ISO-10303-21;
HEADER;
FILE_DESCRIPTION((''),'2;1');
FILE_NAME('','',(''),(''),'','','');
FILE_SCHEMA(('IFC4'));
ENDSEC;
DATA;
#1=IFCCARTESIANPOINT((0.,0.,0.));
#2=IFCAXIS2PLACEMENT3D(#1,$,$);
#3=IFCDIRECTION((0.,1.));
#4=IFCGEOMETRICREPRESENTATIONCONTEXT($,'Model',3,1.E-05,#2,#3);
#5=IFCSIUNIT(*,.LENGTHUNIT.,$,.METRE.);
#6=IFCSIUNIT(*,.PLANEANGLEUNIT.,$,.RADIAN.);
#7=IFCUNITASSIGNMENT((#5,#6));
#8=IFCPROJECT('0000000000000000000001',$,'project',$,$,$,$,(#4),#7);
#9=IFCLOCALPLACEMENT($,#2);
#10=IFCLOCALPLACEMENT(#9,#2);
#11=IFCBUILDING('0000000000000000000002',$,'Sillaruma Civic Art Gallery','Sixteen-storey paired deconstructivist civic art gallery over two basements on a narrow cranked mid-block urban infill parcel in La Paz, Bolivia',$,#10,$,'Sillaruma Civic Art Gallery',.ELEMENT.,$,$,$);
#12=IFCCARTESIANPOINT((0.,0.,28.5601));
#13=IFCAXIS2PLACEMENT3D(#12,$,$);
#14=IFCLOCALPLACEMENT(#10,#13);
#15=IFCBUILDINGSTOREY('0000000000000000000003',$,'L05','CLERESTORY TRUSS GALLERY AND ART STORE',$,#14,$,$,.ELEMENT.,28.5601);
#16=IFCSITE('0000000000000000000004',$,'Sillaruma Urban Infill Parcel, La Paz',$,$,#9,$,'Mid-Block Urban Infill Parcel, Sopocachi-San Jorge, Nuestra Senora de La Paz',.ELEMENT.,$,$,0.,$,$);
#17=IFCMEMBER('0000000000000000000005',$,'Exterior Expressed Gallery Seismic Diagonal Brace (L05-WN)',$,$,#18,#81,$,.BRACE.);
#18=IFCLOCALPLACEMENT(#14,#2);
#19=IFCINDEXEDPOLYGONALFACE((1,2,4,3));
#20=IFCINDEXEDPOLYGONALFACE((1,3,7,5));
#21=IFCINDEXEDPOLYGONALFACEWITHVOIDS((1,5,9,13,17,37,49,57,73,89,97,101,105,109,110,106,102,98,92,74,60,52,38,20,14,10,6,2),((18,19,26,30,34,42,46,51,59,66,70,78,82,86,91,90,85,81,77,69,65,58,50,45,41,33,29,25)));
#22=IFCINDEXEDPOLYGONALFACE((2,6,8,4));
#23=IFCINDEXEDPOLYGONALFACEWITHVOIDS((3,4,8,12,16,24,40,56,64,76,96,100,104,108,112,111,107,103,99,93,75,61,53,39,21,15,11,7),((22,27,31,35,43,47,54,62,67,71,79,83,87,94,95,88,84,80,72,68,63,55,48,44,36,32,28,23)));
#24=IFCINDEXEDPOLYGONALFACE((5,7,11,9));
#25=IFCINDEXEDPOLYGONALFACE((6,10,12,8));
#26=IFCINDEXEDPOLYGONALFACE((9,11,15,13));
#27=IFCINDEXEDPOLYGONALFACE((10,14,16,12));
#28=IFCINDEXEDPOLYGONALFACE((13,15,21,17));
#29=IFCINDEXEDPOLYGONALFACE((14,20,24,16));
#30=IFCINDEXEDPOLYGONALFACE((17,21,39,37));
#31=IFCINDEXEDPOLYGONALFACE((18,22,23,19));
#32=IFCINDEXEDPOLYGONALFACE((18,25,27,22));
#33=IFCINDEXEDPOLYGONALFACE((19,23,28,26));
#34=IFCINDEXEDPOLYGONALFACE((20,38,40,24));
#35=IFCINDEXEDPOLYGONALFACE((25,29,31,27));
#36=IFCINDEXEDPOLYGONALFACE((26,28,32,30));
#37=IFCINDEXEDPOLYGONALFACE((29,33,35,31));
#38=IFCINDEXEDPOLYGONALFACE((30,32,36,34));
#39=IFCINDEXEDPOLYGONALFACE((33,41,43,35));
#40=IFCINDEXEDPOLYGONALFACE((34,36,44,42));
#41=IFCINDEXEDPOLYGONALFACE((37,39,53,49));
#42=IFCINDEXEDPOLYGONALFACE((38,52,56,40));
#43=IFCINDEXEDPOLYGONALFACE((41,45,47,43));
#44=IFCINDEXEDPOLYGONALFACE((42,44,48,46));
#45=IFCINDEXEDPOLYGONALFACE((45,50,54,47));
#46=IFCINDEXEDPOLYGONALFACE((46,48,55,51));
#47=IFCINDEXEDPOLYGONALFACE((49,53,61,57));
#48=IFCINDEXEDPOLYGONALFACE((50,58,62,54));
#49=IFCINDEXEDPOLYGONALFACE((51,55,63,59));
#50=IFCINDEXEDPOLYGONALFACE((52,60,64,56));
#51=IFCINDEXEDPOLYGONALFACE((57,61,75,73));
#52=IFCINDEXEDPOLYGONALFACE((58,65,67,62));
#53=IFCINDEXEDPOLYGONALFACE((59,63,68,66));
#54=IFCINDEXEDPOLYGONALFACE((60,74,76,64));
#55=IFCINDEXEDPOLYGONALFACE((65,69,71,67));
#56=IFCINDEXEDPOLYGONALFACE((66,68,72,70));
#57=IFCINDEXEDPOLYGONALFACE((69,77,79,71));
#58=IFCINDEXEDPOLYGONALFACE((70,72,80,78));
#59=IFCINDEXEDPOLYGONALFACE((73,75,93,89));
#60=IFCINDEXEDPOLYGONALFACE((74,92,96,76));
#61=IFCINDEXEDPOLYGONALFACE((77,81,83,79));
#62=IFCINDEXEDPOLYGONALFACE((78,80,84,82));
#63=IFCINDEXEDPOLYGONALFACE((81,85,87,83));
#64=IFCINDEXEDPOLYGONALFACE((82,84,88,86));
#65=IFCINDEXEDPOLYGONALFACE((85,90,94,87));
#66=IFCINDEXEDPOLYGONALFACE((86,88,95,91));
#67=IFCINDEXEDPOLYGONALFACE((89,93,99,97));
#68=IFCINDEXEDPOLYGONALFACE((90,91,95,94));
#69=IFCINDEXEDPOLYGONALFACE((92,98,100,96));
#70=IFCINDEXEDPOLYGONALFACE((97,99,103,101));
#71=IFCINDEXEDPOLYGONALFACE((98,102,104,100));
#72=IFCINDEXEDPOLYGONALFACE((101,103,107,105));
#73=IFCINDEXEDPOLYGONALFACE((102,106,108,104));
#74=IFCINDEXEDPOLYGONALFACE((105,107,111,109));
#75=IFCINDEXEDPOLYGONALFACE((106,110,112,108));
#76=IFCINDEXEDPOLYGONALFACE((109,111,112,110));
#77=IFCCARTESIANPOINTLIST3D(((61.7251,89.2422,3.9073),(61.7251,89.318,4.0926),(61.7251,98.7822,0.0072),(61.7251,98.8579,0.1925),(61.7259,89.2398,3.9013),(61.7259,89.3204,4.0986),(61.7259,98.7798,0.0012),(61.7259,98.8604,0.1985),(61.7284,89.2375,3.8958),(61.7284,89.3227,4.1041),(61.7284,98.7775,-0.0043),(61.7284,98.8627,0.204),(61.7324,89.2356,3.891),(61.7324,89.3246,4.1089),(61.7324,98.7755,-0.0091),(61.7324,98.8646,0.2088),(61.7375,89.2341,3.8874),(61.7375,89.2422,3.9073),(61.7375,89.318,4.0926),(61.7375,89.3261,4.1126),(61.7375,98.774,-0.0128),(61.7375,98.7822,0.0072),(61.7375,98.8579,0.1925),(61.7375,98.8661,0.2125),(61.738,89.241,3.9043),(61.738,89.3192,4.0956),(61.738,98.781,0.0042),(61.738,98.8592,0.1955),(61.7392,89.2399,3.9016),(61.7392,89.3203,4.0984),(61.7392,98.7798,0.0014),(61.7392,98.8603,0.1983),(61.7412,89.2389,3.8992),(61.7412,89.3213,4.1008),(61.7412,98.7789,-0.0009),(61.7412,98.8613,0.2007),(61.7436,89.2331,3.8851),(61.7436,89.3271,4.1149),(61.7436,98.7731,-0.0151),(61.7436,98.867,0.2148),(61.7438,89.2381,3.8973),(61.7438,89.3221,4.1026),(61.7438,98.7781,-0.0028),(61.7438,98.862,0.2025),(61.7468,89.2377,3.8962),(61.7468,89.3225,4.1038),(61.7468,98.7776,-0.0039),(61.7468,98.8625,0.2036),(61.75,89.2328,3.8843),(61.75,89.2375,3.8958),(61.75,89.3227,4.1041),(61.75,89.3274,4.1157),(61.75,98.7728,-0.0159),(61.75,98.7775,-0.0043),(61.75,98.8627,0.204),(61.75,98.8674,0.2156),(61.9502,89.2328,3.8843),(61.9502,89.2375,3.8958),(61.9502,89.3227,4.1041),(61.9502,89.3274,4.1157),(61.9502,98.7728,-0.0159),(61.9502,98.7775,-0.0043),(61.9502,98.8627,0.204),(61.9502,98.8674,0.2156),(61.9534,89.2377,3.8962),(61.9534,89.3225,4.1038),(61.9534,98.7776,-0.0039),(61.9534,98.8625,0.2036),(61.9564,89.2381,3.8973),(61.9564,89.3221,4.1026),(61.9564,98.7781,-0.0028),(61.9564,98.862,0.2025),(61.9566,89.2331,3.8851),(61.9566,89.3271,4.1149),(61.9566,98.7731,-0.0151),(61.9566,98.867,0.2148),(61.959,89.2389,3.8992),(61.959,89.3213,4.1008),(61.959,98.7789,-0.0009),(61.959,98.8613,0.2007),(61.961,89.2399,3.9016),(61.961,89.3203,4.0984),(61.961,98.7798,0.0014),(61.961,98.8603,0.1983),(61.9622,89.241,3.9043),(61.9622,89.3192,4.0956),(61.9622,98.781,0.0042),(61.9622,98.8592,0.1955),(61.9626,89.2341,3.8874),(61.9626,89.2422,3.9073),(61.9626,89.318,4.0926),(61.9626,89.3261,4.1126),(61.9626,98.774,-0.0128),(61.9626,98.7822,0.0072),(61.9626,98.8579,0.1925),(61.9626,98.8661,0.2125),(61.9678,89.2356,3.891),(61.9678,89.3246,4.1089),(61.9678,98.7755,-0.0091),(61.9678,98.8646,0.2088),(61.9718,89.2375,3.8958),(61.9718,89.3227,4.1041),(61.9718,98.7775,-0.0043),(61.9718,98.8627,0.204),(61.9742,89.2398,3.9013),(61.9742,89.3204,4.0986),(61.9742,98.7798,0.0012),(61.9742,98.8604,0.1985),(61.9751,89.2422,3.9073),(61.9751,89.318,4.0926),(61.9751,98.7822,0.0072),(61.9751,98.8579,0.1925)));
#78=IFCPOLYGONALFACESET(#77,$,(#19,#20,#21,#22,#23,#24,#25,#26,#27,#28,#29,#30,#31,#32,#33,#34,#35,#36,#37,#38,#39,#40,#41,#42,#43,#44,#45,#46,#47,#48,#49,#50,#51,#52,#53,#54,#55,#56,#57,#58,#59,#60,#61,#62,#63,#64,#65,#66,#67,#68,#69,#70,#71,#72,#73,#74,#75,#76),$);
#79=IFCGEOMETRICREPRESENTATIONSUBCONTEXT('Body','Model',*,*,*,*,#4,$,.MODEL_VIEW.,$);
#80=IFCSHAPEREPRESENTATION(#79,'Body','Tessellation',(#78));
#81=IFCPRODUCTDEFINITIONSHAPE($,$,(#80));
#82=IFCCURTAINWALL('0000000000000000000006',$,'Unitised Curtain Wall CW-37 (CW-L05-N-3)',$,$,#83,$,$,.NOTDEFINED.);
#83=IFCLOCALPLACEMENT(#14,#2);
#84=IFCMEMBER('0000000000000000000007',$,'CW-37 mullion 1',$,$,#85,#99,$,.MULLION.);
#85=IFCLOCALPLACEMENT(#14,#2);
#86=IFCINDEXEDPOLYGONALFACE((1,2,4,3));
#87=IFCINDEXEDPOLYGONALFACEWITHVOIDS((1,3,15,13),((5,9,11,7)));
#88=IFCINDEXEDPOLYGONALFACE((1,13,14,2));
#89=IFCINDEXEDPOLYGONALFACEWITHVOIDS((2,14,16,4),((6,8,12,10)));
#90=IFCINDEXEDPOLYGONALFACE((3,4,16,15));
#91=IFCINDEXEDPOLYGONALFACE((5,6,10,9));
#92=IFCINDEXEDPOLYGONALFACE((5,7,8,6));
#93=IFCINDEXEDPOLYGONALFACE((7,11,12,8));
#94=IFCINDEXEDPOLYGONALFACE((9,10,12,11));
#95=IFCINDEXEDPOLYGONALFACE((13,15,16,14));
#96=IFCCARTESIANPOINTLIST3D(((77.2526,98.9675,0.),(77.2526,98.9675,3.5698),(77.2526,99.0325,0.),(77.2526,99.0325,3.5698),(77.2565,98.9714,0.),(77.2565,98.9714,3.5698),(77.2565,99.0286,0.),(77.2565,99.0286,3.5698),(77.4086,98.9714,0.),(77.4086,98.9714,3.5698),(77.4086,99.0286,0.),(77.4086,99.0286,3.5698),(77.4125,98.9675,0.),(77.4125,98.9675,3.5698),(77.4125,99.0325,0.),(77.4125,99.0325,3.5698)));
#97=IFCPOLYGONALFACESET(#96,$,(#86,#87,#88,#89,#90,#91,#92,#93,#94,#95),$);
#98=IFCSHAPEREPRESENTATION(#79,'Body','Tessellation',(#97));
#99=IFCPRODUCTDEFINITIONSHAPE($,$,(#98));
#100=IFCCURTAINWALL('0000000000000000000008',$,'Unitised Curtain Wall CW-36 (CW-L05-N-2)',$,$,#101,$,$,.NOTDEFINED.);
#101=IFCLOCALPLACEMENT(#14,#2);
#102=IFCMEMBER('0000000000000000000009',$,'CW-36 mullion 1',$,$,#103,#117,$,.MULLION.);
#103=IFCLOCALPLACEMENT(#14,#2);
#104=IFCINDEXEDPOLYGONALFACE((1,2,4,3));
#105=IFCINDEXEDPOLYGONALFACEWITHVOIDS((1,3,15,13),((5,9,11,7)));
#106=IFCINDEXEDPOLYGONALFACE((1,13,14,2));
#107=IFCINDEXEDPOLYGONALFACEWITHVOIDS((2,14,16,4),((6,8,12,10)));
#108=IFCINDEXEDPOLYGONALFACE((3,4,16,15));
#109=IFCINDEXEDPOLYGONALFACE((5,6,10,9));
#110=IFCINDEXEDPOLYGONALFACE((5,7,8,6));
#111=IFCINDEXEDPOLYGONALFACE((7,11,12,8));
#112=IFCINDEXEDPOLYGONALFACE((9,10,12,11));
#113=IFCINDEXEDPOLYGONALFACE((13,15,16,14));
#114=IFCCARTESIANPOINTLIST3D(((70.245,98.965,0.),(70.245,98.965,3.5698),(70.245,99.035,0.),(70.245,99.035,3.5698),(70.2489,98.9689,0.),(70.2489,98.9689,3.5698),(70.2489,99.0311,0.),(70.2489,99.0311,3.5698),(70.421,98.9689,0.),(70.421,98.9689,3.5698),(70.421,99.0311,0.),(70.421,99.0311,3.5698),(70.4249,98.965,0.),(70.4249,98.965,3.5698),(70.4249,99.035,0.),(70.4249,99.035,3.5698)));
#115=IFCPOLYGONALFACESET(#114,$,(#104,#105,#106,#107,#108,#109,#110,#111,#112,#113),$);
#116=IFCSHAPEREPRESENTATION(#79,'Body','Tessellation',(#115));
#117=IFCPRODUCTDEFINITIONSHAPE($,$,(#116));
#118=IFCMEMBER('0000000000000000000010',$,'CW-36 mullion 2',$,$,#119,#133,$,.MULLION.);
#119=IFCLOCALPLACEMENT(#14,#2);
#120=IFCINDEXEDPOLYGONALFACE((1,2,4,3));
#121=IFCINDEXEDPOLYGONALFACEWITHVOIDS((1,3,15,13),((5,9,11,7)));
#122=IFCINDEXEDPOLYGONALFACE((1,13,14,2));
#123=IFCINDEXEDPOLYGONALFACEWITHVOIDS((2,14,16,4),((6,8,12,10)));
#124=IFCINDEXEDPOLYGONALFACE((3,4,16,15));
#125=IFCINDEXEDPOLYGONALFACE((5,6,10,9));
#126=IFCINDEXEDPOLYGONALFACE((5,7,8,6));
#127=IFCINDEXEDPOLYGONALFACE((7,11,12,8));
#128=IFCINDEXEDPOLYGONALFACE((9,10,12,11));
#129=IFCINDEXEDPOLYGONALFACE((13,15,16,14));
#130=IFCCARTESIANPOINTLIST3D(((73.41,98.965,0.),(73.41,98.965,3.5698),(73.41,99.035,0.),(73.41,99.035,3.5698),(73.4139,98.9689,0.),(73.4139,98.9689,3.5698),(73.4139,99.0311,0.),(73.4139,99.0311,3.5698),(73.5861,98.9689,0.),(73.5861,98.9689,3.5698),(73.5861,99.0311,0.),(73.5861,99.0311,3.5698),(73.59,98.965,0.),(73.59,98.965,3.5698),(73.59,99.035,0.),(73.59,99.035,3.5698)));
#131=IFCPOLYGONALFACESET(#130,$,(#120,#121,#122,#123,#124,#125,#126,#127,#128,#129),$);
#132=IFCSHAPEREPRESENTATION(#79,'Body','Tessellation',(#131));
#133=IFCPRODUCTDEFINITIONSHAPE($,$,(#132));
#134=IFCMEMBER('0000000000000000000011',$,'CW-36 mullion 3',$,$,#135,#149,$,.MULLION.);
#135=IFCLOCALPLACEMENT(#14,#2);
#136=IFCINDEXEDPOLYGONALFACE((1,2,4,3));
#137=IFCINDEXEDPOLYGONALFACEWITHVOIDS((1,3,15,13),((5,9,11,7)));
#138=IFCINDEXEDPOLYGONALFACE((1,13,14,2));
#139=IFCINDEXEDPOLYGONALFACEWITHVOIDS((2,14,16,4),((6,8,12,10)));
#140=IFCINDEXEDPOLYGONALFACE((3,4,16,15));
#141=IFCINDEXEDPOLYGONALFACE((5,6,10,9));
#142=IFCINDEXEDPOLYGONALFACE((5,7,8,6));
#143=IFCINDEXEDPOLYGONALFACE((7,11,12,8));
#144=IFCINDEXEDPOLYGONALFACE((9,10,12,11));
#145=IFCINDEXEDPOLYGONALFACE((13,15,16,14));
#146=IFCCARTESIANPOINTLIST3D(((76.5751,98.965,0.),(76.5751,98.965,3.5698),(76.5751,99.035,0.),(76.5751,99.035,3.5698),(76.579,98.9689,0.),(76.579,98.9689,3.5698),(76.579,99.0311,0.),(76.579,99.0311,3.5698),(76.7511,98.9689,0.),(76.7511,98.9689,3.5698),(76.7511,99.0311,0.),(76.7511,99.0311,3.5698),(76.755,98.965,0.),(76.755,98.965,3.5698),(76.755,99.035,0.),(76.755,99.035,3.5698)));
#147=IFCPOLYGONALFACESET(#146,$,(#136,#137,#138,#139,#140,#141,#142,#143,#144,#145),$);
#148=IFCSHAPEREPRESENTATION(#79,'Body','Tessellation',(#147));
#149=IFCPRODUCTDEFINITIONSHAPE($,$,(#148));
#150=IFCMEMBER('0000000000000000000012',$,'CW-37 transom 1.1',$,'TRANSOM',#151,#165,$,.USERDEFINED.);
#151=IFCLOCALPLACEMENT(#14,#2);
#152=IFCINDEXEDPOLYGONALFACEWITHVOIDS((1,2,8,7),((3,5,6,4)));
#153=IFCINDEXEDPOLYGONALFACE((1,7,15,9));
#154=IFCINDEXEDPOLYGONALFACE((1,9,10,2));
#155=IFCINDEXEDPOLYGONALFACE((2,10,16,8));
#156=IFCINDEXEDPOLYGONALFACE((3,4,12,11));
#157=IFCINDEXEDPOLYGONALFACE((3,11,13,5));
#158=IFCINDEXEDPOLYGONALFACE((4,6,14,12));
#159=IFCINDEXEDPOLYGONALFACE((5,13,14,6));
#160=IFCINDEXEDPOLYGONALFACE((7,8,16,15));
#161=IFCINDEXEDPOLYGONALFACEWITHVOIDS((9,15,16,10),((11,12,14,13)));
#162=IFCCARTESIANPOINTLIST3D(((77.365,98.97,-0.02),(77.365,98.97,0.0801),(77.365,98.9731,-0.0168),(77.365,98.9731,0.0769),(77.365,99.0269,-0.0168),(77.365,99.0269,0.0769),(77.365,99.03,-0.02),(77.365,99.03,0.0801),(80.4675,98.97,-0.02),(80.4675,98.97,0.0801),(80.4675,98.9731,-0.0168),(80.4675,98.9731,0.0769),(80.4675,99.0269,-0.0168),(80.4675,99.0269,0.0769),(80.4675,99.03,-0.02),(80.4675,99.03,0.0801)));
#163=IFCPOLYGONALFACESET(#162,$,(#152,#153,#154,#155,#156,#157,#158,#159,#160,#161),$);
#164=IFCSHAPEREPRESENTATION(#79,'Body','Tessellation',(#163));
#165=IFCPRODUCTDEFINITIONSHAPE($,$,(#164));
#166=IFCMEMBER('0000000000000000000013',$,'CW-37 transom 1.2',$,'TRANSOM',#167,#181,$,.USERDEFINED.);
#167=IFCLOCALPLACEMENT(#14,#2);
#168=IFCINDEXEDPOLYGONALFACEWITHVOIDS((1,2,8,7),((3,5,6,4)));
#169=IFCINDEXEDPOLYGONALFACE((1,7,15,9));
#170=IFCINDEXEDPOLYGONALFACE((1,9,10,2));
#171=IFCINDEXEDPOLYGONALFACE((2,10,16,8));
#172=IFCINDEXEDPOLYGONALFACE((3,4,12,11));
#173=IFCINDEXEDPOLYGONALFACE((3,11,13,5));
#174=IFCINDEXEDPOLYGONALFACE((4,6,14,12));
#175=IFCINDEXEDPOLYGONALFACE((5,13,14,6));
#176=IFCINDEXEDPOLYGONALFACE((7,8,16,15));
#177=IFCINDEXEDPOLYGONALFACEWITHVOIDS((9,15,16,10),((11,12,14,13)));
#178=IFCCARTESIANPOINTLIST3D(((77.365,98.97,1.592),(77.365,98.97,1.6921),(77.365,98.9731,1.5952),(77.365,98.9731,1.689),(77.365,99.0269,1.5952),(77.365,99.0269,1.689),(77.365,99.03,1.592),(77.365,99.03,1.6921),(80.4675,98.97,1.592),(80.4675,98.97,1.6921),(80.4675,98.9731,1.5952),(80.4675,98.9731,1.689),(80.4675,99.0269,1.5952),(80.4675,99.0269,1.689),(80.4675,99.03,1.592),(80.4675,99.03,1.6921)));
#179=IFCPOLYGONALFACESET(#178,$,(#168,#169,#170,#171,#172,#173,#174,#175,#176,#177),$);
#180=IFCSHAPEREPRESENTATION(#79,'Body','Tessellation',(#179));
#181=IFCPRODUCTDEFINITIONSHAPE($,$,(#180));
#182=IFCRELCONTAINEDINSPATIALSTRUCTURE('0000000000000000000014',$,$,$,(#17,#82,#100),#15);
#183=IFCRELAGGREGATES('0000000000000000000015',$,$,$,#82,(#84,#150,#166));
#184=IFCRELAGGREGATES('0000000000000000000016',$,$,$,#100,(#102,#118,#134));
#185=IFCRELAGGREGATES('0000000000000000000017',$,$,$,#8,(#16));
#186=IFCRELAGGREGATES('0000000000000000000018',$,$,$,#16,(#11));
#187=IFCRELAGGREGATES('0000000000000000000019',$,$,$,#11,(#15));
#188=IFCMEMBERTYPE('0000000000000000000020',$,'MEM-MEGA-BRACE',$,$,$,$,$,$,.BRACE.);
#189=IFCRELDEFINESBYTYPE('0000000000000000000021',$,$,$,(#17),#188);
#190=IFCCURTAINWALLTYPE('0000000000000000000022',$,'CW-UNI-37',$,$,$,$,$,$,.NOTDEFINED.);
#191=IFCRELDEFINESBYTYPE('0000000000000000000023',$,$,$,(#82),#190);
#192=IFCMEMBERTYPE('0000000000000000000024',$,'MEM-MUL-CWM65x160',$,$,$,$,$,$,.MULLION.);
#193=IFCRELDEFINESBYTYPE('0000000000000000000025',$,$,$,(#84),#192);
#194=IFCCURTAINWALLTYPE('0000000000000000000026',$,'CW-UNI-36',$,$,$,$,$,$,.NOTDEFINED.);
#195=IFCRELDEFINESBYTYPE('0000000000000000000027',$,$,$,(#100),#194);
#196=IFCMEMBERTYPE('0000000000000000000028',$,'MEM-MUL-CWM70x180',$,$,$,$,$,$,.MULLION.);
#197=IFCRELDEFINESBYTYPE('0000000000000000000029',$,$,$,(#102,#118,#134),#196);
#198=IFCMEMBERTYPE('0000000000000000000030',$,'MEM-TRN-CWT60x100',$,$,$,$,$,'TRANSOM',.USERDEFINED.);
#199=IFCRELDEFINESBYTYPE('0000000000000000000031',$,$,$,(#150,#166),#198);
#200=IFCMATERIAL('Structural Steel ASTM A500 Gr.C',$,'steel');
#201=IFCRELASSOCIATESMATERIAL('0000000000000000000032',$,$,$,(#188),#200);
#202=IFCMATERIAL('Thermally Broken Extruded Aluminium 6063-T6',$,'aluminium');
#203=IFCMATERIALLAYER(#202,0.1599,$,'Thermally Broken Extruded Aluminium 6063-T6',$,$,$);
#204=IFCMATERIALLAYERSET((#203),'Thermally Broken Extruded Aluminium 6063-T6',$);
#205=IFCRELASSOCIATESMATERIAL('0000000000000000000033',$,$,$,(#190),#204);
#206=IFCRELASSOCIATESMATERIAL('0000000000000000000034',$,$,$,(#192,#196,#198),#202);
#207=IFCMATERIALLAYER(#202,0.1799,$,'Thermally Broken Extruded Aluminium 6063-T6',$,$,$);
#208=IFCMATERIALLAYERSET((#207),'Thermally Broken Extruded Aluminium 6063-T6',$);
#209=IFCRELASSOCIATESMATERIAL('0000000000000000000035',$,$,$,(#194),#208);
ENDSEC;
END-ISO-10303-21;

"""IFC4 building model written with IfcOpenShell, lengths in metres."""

from ifc_helpers import new_model, si_unit, direction, frame, origin, origin_2d, place, context, subcontext, project, spatial, hollow_rectangle, extrude, material, layer, layer_set, material_profile, profile_set, type_object, element, aggregate, save


model = new_model("IFC4")

# Units and contexts
model_context = context("Model", 3, precision=1e-05, world=origin(), true_north=direction((0.0, 1.0)))
body_context = subcontext(model_context, "Body", "Model", "MODEL_VIEW")
ifc_project = project(units=[si_unit("LENGTHUNIT", "METRE"), si_unit("PLANEANGLEUNIT", "RADIAN")], contexts=[model_context])

# Site, building, storey
site_placement = place(None, origin())
site = spatial("IfcSite", under=ifc_project, at=site_placement, Name="Sillaruma Urban Infill Parcel, La Paz", LongName="Mid-Block Urban Infill Parcel, Sopocachi-San Jorge, Nuestra Senora de La Paz", CompositionType="ELEMENT", RefElevation=0.0)
building_placement = place(site_placement, origin())
building = spatial("IfcBuilding", under=site, at=building_placement, Name="Sillaruma Civic Art Gallery", Description="Sixteen-storey paired deconstructivist civic art gallery over two basements on a narrow cranked mid-block urban infill parcel in La Paz, Bolivia", LongName="Sillaruma Civic Art Gallery", CompositionType="ELEMENT")
storey_placement = place(building_placement, frame((0.0, 0.0, 28.5601)))
storey = spatial("IfcBuildingStorey", under=building, at=storey_placement, Name="L05", Description="CLERESTORY TRUSS GALLERY AND ART STORE", CompositionType="ELEMENT", Elevation=28.5601)

# Member
ifc_material_1 = material(Name="Structural Steel ASTM A500 Gr.C", Category="steel")
ifc_material_profile_1 = material_profile(ifc_material_1, hollow_rectangle(XDim=0.25, YDim=0.25, WallThickness=0.0125, InnerFilletRadius=0.0125, OuterFilletRadius=0.0249, at=origin_2d()), Name="HSS250x250x12.5")
ifc_profile_set_1 = profile_set([ifc_material_profile_1], Name="Structural Steel ASTM A500 Gr.C")
member_type_1 = type_object("IfcMemberType", Name="MEM-MEGA-BRACE", PredefinedType="BRACE", material=ifc_profile_set_1)
member_1_placement = place(storey_placement, frame((61.8501, 98.8201, 0.0999), z_axis=(0.0, -0.925635, 0.378417), x_axis=(1.0, 0.0, 0.0)))
element("IfcMember", 1, at=member_1_placement, inside=storey, type_object=member_type_1, Name="Exterior Expressed Gallery Seismic Diagonal Brace (L05-WN)", PredefinedType="BRACE", context=body_context, shape_type="SweptSolid", body=[
    extrude(hollow_rectangle(XDim=0.25, YDim=0.25, WallThickness=0.0125, InnerFilletRadius=0.0125, OuterFilletRadius=0.0249, at=origin_2d()), origin(), (0.0, 0.0, 1.0), 10.3064),
])

# Curtain wall, member
ifc_material_2 = material(Name="Thermally Broken Extruded Aluminium 6063-T6", Category="aluminium")
ifc_layer_1 = layer(ifc_material_2, 0.1599, Name="Thermally Broken Extruded Aluminium 6063-T6")
ifc_layer_set_1 = layer_set([ifc_layer_1], Name="Thermally Broken Extruded Aluminium 6063-T6")
curtain_wall_type_1 = type_object("IfcCurtainWallType", Name="CW-UNI-37", PredefinedType="NOTDEFINED", material=ifc_layer_set_1)
curtain_wall_1_placement = place(storey_placement, origin())
curtain_wall_1 = element("IfcCurtainWall", 2, at=curtain_wall_1_placement, inside=storey, type_object=curtain_wall_type_1, Name="Unitised Curtain Wall CW-37 (CW-L05-N-3)", PredefinedType="NOTDEFINED")
ifc_material_profile_2 = material_profile(ifc_material_2, hollow_rectangle(XDim=0.0649, YDim=0.1599, WallThickness=0.0039, at=origin_2d()), Name="CWM65x160")
ifc_profile_set_2 = profile_set([ifc_material_profile_2], Name="Thermally Broken Extruded Aluminium 6063-T6")
member_type_2 = type_object("IfcMemberType", Name="MEM-MUL-CWM65x160", PredefinedType="MULLION", material=ifc_profile_set_2)
member_2_placement = place(storey_placement, frame((77.3325, 99.0, 0.0), z_axis=(0.0, 0.0, 1.0), x_axis=(0.0, 1.0, 0.0)))
member_2 = element("IfcMember", 3, at=member_2_placement, type_object=member_type_2, Name="CW-37 mullion 1", PredefinedType="MULLION", context=body_context, shape_type="SweptSolid", body=[
    extrude(hollow_rectangle(XDim=0.0649, YDim=0.1599, WallThickness=0.0039, at=origin_2d()), origin(), (0.0, 0.0, 1.0), 3.5698),
])

# Curtain wall, members
ifc_layer_2 = layer(ifc_material_2, 0.1799, Name="Thermally Broken Extruded Aluminium 6063-T6")
ifc_layer_set_2 = layer_set([ifc_layer_2], Name="Thermally Broken Extruded Aluminium 6063-T6")
curtain_wall_type_2 = type_object("IfcCurtainWallType", Name="CW-UNI-36", PredefinedType="NOTDEFINED", material=ifc_layer_set_2)
curtain_wall_2_placement = place(storey_placement, origin())
curtain_wall_2 = element("IfcCurtainWall", 4, at=curtain_wall_2_placement, inside=storey, type_object=curtain_wall_type_2, Name="Unitised Curtain Wall CW-36 (CW-L05-N-2)", PredefinedType="NOTDEFINED")
ifc_material_profile_3 = material_profile(ifc_material_2, hollow_rectangle(XDim=0.0701, YDim=0.1799, WallThickness=0.0039, at=origin_2d()), Name="CWM70x180")
ifc_profile_set_3 = profile_set([ifc_material_profile_3], Name="Thermally Broken Extruded Aluminium 6063-T6")
member_type_3 = type_object("IfcMemberType", Name="MEM-MUL-CWM70x180", PredefinedType="MULLION", material=ifc_profile_set_3)
member_3_placement = place(storey_placement, frame((70.335, 99.0, 0.0), z_axis=(0.0, 0.0, 1.0), x_axis=(0.0, 1.0, 0.0)))
member_3 = element("IfcMember", 5, at=member_3_placement, type_object=member_type_3, Name="CW-36 mullion 1", PredefinedType="MULLION", context=body_context, shape_type="SweptSolid", body=[
    extrude(hollow_rectangle(XDim=0.0701, YDim=0.1799, WallThickness=0.0039, at=origin_2d()), origin(), (0.0, 0.0, 1.0), 3.5698),
])
member_4_placement = place(storey_placement, frame((73.5, 99.0, 0.0), z_axis=(0.0, 0.0, 1.0), x_axis=(0.0, 1.0, 0.0)))
member_4 = element("IfcMember", 6, at=member_4_placement, type_object=member_type_3, Name="CW-36 mullion 2", PredefinedType="MULLION", context=body_context, shape_type="SweptSolid", body=[
    extrude(hollow_rectangle(XDim=0.0701, YDim=0.1799, WallThickness=0.0039, at=origin_2d()), origin(), (0.0, 0.0, 1.0), 3.5698),
])
member_5_placement = place(storey_placement, frame((76.665, 99.0, 0.0), z_axis=(0.0, 0.0, 1.0), x_axis=(0.0, 1.0, 0.0)))
member_5 = element("IfcMember", 7, at=member_5_placement, type_object=member_type_3, Name="CW-36 mullion 3", PredefinedType="MULLION", context=body_context, shape_type="SweptSolid", body=[
    extrude(hollow_rectangle(XDim=0.0701, YDim=0.1799, WallThickness=0.0039, at=origin_2d()), origin(), (0.0, 0.0, 1.0), 3.5698),
])

# Members
ifc_material_profile_4 = material_profile(ifc_material_2, hollow_rectangle(XDim=0.0601, YDim=0.1001, WallThickness=0.0032, at=origin_2d()), Name="CWT60x100")
ifc_profile_set_4 = profile_set([ifc_material_profile_4], Name="Thermally Broken Extruded Aluminium 6063-T6")
member_type_4 = type_object("IfcMemberType", Name="MEM-TRN-CWT60x100", ElementType="TRANSOM", PredefinedType="USERDEFINED", material=ifc_profile_set_4)
member_6_placement = place(storey_placement, frame((77.365, 99.0, 0.03), z_axis=(1.0, 0.0, 0.0), x_axis=(0.0, 1.0, 0.0)))
member_6 = element("IfcMember", 8, at=member_6_placement, type_object=member_type_4, Name="CW-37 transom 1.1", ObjectType="TRANSOM", PredefinedType="USERDEFINED", context=body_context, shape_type="SweptSolid", body=[
    extrude(hollow_rectangle(XDim=0.0601, YDim=0.1001, WallThickness=0.0032, at=origin_2d()), origin(), (0.0, 0.0, 1.0), 3.1025),
])
member_7_placement = place(storey_placement, frame((77.365, 99.0, 1.6421), z_axis=(1.0, 0.0, 0.0), x_axis=(0.0, 1.0, 0.0)))
member_7 = element("IfcMember", 9, at=member_7_placement, type_object=member_type_4, Name="CW-37 transom 1.2", ObjectType="TRANSOM", PredefinedType="USERDEFINED", context=body_context, shape_type="SweptSolid", body=[
    extrude(hollow_rectangle(XDim=0.0601, YDim=0.1001, WallThickness=0.0032, at=origin_2d()), origin(), (0.0, 0.0, 1.0), 3.1025),
])

aggregate(curtain_wall_1, [member_2, member_6, member_7])
aggregate(curtain_wall_2, [member_3, member_4, member_5])

save(model, "model.ifc")
